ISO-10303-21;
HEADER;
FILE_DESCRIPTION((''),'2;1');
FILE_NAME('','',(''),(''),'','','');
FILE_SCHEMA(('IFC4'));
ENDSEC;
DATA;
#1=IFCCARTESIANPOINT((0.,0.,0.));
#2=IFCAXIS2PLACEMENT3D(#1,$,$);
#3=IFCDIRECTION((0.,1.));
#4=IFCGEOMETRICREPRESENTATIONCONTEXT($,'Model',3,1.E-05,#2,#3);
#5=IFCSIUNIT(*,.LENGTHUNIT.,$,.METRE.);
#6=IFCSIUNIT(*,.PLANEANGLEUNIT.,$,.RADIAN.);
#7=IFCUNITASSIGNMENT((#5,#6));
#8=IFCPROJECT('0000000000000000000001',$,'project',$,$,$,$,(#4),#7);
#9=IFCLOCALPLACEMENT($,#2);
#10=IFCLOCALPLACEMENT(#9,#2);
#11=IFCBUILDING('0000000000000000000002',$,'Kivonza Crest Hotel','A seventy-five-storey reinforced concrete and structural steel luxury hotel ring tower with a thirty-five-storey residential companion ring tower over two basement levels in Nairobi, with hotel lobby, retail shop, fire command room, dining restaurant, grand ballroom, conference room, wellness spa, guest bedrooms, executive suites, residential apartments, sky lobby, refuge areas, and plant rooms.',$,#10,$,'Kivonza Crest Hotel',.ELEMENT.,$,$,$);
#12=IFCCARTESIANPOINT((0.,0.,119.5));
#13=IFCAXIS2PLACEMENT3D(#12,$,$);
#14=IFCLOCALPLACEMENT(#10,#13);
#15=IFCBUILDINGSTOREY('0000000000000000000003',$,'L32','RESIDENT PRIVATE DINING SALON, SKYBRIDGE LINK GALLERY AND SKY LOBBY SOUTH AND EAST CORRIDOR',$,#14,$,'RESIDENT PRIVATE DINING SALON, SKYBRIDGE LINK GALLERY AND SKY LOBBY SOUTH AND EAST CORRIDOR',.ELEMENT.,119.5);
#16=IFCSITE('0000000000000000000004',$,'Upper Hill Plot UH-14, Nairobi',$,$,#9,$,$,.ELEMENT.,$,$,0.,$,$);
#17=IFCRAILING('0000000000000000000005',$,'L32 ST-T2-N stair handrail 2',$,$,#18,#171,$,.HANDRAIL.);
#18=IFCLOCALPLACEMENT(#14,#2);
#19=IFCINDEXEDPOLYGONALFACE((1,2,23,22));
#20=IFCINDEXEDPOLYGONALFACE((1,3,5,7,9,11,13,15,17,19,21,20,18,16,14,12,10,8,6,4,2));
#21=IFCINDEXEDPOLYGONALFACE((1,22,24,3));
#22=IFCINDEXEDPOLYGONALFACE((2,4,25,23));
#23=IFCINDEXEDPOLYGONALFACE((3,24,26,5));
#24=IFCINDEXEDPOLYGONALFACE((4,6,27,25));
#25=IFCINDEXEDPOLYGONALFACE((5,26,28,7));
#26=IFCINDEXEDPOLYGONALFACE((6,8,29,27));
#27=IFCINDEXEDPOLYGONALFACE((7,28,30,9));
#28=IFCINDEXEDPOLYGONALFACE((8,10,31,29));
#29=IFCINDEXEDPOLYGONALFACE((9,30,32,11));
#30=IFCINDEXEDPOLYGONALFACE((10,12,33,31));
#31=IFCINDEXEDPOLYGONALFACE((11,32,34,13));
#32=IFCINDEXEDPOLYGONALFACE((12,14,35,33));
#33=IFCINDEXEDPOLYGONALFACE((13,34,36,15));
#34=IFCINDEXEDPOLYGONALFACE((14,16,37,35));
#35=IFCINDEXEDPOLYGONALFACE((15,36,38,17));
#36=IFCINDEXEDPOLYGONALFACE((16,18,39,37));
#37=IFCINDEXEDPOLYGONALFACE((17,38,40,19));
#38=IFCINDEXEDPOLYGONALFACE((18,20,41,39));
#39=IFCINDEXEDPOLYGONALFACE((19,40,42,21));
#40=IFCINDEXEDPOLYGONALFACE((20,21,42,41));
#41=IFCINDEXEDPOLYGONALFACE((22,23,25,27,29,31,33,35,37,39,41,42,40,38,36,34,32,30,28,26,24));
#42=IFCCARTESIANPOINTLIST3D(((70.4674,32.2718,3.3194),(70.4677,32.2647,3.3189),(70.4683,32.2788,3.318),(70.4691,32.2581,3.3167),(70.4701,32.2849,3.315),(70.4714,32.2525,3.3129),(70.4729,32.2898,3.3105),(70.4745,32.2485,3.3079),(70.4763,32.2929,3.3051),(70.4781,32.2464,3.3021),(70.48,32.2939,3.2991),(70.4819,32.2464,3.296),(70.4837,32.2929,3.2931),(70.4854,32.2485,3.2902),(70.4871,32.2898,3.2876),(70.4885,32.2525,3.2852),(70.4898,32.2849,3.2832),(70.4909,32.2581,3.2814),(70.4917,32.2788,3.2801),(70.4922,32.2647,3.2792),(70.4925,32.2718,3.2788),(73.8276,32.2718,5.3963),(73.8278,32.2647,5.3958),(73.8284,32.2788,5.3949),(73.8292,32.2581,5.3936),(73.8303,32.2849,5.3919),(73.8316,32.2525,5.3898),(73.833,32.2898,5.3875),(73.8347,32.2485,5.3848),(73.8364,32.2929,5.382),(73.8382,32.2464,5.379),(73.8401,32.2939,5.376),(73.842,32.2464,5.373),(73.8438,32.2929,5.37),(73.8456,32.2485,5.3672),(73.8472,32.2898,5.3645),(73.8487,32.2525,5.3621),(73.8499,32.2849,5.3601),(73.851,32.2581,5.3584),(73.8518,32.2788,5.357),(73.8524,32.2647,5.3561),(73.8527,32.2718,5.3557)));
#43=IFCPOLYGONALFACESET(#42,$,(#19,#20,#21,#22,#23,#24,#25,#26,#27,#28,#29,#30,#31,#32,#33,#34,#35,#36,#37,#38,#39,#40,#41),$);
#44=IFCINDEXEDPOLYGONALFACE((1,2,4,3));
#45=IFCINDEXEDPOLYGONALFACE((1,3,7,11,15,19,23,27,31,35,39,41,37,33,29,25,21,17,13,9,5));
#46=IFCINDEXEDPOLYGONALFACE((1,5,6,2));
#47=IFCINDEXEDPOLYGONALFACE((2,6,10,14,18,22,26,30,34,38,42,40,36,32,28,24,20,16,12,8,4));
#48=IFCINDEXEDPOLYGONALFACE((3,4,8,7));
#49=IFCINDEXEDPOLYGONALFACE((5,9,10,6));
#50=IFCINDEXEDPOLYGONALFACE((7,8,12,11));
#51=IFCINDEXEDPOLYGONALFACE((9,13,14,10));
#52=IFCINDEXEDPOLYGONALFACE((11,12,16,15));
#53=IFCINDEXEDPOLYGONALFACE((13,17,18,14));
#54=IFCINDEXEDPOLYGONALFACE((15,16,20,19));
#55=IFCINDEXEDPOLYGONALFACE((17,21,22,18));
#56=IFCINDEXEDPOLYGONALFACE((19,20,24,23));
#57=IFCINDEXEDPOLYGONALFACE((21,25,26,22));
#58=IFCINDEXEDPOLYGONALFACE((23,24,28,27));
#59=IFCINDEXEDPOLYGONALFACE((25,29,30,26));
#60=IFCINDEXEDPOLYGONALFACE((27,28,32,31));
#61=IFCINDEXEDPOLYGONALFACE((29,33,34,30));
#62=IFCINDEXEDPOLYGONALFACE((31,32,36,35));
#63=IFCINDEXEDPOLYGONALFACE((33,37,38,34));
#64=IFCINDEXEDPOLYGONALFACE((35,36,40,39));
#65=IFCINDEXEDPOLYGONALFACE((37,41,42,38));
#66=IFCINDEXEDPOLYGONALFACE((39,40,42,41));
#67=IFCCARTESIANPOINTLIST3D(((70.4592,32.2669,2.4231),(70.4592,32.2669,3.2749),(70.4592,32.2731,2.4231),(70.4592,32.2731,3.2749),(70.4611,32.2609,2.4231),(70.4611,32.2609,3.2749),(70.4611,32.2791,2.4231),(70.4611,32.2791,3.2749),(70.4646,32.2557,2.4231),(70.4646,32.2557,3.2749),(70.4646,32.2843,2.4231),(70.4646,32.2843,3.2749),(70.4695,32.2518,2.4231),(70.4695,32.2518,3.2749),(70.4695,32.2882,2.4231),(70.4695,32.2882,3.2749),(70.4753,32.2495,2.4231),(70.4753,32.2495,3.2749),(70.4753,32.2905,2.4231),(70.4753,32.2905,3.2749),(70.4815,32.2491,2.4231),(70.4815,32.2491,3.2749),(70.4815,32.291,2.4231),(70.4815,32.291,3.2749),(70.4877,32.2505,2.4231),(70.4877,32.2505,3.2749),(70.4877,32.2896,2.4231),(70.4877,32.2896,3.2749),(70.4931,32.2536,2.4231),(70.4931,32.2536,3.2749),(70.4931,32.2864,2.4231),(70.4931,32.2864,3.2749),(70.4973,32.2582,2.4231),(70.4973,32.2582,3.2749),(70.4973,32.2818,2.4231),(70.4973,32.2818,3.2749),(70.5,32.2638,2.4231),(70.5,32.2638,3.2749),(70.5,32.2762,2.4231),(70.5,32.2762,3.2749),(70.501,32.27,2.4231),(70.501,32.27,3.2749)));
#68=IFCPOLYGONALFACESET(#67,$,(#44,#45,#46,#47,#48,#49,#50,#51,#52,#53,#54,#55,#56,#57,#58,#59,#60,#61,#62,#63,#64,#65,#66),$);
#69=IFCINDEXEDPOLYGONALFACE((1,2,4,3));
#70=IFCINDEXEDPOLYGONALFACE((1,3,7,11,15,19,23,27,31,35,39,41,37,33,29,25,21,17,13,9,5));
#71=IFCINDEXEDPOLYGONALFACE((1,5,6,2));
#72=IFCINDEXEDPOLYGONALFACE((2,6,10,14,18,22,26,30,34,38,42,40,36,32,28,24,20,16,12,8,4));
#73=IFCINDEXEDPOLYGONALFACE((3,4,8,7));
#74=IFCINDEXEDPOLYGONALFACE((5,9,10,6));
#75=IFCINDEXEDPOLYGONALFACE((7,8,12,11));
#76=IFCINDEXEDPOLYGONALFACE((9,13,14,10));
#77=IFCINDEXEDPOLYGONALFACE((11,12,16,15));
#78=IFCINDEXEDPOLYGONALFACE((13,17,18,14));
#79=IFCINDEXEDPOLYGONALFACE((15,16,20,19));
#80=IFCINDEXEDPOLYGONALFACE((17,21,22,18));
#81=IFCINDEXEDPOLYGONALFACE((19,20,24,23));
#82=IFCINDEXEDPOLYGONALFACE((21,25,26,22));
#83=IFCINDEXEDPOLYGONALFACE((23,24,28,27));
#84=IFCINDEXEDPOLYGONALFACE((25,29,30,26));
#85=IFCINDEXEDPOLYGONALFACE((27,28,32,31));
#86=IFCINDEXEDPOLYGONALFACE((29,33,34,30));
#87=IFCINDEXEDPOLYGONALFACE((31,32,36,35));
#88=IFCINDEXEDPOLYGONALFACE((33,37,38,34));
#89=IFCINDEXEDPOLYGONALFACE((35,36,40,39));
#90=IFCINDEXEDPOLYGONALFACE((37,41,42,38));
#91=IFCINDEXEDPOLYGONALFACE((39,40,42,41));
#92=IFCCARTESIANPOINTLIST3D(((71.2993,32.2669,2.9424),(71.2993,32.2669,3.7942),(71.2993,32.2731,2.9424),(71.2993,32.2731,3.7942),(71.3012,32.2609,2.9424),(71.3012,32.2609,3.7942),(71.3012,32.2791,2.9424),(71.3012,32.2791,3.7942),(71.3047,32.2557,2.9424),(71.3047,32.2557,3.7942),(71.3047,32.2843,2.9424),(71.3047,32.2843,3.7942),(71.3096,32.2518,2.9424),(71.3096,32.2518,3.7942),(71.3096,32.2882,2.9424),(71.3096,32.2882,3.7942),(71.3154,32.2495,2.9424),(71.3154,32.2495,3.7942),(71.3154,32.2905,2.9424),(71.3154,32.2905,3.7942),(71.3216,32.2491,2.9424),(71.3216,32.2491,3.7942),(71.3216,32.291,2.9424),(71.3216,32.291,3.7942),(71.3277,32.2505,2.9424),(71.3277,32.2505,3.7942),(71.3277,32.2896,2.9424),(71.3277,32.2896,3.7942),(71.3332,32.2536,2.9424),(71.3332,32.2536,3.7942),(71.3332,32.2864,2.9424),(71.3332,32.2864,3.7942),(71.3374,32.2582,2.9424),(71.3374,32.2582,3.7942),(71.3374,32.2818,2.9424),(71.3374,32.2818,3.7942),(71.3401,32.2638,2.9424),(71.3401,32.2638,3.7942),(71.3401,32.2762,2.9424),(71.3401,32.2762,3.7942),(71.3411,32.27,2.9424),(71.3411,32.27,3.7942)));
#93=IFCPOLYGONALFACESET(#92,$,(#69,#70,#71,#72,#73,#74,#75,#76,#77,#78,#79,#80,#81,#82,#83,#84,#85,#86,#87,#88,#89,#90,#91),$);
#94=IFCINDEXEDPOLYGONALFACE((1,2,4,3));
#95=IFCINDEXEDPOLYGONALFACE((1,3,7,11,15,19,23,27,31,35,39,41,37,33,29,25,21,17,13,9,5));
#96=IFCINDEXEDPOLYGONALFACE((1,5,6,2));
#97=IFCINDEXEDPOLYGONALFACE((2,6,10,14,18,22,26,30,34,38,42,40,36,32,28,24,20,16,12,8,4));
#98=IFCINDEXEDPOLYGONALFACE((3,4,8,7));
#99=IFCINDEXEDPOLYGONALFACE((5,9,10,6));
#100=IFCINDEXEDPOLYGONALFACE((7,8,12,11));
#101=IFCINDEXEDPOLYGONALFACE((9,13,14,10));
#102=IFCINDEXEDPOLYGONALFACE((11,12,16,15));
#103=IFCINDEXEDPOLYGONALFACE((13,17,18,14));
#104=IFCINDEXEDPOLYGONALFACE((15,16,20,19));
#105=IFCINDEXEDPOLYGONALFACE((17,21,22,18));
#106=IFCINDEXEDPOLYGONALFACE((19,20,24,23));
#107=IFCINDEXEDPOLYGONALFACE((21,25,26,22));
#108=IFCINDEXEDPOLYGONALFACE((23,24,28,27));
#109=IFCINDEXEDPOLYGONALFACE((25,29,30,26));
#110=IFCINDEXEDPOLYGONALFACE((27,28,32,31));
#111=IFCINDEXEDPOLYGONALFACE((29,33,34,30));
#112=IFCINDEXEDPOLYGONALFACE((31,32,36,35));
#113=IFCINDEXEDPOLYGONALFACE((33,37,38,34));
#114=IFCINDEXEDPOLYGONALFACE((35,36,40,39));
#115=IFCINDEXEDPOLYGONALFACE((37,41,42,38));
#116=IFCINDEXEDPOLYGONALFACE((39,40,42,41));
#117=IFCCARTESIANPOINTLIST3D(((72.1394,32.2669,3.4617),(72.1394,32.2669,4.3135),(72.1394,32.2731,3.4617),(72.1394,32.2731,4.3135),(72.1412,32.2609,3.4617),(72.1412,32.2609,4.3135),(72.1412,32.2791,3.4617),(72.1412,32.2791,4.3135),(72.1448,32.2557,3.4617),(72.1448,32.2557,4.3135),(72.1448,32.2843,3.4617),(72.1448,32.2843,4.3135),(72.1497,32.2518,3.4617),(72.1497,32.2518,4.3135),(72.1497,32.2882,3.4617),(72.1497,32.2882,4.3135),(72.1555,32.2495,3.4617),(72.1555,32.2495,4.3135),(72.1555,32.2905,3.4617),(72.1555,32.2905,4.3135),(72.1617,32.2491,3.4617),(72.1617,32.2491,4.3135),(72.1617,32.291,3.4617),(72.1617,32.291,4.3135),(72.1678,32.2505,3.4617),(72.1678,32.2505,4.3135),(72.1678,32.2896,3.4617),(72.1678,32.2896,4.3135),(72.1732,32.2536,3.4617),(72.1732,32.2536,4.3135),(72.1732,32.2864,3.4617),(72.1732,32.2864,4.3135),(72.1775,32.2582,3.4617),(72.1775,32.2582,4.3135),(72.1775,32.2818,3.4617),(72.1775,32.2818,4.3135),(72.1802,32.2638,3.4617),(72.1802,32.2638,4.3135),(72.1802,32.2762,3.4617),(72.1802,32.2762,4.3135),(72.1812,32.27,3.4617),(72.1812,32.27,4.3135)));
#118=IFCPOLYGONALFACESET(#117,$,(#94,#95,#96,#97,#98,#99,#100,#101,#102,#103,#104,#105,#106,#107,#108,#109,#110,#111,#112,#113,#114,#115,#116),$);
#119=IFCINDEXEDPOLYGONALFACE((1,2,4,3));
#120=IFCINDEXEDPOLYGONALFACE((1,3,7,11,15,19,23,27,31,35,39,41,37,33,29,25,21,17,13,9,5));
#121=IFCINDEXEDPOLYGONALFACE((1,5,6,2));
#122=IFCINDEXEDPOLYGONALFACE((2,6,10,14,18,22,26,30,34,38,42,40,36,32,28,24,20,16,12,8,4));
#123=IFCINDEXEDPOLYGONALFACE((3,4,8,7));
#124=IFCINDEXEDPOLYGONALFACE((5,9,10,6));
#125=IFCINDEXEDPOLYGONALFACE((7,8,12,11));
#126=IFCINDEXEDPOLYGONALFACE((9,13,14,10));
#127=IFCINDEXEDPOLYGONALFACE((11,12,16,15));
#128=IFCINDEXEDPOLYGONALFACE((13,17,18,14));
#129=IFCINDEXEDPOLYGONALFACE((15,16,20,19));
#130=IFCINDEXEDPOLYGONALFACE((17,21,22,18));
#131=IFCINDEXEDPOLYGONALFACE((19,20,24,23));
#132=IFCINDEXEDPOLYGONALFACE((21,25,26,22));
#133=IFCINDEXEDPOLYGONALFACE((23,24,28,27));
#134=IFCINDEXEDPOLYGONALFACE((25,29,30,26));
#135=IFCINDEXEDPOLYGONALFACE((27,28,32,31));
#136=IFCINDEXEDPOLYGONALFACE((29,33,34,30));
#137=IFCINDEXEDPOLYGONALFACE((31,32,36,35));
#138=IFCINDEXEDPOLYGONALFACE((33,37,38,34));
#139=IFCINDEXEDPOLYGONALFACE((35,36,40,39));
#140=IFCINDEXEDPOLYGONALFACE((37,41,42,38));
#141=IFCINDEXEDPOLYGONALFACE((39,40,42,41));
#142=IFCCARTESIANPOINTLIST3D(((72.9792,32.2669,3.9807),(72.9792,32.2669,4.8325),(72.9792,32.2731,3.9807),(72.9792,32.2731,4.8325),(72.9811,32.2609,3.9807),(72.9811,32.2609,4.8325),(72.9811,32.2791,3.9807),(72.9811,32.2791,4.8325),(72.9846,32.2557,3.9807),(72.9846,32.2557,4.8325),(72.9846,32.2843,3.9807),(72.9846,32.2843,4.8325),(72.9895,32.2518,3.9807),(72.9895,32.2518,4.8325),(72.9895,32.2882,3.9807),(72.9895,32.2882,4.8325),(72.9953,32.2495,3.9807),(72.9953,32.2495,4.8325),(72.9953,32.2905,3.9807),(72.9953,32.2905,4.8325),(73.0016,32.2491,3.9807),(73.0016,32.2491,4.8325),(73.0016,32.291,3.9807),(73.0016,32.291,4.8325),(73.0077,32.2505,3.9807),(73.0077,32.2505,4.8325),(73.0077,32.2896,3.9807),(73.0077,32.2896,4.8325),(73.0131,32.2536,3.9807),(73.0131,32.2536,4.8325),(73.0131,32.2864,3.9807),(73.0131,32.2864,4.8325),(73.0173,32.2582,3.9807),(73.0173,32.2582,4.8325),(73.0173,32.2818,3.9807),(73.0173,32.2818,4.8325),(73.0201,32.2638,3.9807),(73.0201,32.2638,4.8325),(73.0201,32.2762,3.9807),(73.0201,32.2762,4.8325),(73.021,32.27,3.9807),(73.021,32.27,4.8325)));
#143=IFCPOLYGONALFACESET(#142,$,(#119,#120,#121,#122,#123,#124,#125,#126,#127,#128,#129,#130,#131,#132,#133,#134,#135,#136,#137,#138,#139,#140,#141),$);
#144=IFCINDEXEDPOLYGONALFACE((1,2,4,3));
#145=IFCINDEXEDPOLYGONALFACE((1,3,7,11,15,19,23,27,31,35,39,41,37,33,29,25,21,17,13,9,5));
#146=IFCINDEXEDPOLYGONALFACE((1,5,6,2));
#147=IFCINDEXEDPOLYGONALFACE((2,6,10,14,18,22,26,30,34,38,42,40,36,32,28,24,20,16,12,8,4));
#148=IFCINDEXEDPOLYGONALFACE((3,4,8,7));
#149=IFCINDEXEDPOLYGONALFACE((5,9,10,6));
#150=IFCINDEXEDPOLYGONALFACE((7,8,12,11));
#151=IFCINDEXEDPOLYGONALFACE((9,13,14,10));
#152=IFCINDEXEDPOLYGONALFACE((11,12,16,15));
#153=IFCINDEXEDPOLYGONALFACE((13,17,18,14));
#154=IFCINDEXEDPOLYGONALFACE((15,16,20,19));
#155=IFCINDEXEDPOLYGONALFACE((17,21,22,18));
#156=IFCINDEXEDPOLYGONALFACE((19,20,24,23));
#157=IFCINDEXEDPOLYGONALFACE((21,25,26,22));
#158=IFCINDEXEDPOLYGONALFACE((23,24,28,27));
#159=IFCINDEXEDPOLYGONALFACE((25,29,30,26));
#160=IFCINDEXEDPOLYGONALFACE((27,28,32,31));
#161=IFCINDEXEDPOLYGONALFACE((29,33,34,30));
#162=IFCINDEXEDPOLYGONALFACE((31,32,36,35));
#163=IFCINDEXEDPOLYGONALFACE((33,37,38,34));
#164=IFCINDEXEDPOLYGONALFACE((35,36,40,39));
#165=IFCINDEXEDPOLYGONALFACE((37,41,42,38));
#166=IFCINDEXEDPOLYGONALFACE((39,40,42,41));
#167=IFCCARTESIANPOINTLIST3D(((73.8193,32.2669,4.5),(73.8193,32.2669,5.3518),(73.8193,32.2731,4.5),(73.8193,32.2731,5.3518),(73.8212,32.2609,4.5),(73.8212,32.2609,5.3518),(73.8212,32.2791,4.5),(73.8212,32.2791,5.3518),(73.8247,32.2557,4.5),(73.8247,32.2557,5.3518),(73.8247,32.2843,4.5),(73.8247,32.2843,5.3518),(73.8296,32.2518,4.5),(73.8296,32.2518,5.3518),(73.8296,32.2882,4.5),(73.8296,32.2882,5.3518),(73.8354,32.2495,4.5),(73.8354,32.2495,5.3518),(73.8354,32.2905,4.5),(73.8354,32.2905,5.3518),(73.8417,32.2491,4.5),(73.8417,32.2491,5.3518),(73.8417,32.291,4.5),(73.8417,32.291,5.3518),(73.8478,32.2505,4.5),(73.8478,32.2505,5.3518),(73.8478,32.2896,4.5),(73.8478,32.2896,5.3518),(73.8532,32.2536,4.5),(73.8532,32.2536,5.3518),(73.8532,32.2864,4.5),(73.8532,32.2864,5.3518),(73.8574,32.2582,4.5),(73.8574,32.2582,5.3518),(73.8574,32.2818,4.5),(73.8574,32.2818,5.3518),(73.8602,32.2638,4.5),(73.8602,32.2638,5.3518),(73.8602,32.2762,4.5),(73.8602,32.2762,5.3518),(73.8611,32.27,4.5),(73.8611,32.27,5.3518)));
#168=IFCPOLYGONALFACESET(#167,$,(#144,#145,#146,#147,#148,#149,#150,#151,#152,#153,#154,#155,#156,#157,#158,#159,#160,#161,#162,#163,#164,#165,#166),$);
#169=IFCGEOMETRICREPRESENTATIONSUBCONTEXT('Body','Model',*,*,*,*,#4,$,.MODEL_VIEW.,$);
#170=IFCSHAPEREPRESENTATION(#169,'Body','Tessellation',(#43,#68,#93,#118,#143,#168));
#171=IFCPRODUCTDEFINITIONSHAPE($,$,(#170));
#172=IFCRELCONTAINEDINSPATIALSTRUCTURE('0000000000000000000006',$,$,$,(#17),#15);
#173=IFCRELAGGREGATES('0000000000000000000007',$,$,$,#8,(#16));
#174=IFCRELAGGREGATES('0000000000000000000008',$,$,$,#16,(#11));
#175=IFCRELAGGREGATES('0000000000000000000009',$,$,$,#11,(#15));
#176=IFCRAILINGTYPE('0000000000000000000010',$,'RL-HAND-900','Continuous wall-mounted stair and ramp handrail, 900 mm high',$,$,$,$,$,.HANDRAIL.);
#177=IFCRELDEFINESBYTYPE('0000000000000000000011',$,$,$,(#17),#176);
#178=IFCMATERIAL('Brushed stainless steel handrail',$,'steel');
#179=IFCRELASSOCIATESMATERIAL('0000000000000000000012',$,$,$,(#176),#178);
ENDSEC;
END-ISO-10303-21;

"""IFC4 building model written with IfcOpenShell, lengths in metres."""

from ifc_helpers import new_model, si_unit, direction, frame, origin, origin_2d, place, context, subcontext, project, spatial, circle, extrude, material, type_object, element, save


model = new_model("IFC4")

# Units and contexts
model_context = context("Model", 3, precision=1e-05, world=origin(), true_north=direction((0.0, 1.0)))
body_context = subcontext(model_context, "Body", "Model", "MODEL_VIEW")
ifc_project = project(units=[si_unit("LENGTHUNIT", "METRE"), si_unit("PLANEANGLEUNIT", "RADIAN")], contexts=[model_context])

# Site, building, storey
site_placement = place(None, origin())
site = spatial("IfcSite", under=ifc_project, at=site_placement, Name="Upper Hill Plot UH-14, Nairobi", CompositionType="ELEMENT", RefElevation=0.0)
building_placement = place(site_placement, origin())
building = spatial("IfcBuilding", under=site, at=building_placement, Name="Kivonza Crest Hotel", Description="A seventy-five-storey reinforced concrete and structural steel luxury hotel ring tower with a thirty-five-storey residential companion ring tower over two basement levels in Nairobi, with hotel lobby, retail shop, fire command room, dining restaurant, grand ballroom, conference room, wellness spa, guest bedrooms, executive suites, residential apartments, sky lobby, refuge areas, and plant rooms.", LongName="Kivonza Crest Hotel", CompositionType="ELEMENT")
storey_placement = place(building_placement, frame((0.0, 0.0, 119.5)))
storey = spatial("IfcBuildingStorey", under=building, at=storey_placement, Name="L32", Description="RESIDENT PRIVATE DINING SALON, SKYBRIDGE LINK GALLERY AND SKY LOBBY SOUTH AND EAST CORRIDOR", LongName="RESIDENT PRIVATE DINING SALON, SKYBRIDGE LINK GALLERY AND SKY LOBBY SOUTH AND EAST CORRIDOR", CompositionType="ELEMENT", Elevation=119.5)

# Railing
ifc_material_1 = material(Name="Brushed stainless steel handrail", Category="steel")
railing_type_1 = type_object("IfcRailingType", Name="RL-HAND-900", Description="Continuous wall-mounted stair and ramp handrail, 900 mm high", PredefinedType="HANDRAIL", material=ifc_material_1)
railing_1_placement = place(storey_placement, frame((70.48, 32.27, 2.4231)))
element("IfcRailing", 1, at=railing_1_placement, inside=storey, type_object=railing_type_1, Name="L32 ST-T2-N stair handrail 2", PredefinedType="HANDRAIL", context=body_context, shape_type="SweptSolid", body=[
    extrude(circle(Radius=0.0239, at=origin_2d()), frame((0.0, 0.0, 0.876), z_axis=(0.850623, 0.0, 0.525776), x_axis=(0.0, 1.0, 0.0)), (0.0, 0.0, 1.0), 3.9502),
    extrude(circle(Radius=0.021, at=origin_2d()), origin(), (0.0, 0.0, 1.0), 0.8518),
    extrude(circle(Radius=0.021, at=origin_2d()), frame((0.8401, 0.0, 0.5193)), (0.0, 0.0, 1.0), 0.8518),
    extrude(circle(Radius=0.021, at=origin_2d()), frame((1.6802, 0.0, 1.0386)), (0.0, 0.0, 1.0), 0.8518),
    extrude(circle(Radius=0.021, at=origin_2d()), frame((2.52, 0.0, 1.5576)), (0.0, 0.0, 1.0), 0.8518),
    extrude(circle(Radius=0.021, at=origin_2d()), frame((3.3601, 0.0, 2.0769)), (0.0, 0.0, 1.0), 0.8518),
])

save(model, "model.ifc")
